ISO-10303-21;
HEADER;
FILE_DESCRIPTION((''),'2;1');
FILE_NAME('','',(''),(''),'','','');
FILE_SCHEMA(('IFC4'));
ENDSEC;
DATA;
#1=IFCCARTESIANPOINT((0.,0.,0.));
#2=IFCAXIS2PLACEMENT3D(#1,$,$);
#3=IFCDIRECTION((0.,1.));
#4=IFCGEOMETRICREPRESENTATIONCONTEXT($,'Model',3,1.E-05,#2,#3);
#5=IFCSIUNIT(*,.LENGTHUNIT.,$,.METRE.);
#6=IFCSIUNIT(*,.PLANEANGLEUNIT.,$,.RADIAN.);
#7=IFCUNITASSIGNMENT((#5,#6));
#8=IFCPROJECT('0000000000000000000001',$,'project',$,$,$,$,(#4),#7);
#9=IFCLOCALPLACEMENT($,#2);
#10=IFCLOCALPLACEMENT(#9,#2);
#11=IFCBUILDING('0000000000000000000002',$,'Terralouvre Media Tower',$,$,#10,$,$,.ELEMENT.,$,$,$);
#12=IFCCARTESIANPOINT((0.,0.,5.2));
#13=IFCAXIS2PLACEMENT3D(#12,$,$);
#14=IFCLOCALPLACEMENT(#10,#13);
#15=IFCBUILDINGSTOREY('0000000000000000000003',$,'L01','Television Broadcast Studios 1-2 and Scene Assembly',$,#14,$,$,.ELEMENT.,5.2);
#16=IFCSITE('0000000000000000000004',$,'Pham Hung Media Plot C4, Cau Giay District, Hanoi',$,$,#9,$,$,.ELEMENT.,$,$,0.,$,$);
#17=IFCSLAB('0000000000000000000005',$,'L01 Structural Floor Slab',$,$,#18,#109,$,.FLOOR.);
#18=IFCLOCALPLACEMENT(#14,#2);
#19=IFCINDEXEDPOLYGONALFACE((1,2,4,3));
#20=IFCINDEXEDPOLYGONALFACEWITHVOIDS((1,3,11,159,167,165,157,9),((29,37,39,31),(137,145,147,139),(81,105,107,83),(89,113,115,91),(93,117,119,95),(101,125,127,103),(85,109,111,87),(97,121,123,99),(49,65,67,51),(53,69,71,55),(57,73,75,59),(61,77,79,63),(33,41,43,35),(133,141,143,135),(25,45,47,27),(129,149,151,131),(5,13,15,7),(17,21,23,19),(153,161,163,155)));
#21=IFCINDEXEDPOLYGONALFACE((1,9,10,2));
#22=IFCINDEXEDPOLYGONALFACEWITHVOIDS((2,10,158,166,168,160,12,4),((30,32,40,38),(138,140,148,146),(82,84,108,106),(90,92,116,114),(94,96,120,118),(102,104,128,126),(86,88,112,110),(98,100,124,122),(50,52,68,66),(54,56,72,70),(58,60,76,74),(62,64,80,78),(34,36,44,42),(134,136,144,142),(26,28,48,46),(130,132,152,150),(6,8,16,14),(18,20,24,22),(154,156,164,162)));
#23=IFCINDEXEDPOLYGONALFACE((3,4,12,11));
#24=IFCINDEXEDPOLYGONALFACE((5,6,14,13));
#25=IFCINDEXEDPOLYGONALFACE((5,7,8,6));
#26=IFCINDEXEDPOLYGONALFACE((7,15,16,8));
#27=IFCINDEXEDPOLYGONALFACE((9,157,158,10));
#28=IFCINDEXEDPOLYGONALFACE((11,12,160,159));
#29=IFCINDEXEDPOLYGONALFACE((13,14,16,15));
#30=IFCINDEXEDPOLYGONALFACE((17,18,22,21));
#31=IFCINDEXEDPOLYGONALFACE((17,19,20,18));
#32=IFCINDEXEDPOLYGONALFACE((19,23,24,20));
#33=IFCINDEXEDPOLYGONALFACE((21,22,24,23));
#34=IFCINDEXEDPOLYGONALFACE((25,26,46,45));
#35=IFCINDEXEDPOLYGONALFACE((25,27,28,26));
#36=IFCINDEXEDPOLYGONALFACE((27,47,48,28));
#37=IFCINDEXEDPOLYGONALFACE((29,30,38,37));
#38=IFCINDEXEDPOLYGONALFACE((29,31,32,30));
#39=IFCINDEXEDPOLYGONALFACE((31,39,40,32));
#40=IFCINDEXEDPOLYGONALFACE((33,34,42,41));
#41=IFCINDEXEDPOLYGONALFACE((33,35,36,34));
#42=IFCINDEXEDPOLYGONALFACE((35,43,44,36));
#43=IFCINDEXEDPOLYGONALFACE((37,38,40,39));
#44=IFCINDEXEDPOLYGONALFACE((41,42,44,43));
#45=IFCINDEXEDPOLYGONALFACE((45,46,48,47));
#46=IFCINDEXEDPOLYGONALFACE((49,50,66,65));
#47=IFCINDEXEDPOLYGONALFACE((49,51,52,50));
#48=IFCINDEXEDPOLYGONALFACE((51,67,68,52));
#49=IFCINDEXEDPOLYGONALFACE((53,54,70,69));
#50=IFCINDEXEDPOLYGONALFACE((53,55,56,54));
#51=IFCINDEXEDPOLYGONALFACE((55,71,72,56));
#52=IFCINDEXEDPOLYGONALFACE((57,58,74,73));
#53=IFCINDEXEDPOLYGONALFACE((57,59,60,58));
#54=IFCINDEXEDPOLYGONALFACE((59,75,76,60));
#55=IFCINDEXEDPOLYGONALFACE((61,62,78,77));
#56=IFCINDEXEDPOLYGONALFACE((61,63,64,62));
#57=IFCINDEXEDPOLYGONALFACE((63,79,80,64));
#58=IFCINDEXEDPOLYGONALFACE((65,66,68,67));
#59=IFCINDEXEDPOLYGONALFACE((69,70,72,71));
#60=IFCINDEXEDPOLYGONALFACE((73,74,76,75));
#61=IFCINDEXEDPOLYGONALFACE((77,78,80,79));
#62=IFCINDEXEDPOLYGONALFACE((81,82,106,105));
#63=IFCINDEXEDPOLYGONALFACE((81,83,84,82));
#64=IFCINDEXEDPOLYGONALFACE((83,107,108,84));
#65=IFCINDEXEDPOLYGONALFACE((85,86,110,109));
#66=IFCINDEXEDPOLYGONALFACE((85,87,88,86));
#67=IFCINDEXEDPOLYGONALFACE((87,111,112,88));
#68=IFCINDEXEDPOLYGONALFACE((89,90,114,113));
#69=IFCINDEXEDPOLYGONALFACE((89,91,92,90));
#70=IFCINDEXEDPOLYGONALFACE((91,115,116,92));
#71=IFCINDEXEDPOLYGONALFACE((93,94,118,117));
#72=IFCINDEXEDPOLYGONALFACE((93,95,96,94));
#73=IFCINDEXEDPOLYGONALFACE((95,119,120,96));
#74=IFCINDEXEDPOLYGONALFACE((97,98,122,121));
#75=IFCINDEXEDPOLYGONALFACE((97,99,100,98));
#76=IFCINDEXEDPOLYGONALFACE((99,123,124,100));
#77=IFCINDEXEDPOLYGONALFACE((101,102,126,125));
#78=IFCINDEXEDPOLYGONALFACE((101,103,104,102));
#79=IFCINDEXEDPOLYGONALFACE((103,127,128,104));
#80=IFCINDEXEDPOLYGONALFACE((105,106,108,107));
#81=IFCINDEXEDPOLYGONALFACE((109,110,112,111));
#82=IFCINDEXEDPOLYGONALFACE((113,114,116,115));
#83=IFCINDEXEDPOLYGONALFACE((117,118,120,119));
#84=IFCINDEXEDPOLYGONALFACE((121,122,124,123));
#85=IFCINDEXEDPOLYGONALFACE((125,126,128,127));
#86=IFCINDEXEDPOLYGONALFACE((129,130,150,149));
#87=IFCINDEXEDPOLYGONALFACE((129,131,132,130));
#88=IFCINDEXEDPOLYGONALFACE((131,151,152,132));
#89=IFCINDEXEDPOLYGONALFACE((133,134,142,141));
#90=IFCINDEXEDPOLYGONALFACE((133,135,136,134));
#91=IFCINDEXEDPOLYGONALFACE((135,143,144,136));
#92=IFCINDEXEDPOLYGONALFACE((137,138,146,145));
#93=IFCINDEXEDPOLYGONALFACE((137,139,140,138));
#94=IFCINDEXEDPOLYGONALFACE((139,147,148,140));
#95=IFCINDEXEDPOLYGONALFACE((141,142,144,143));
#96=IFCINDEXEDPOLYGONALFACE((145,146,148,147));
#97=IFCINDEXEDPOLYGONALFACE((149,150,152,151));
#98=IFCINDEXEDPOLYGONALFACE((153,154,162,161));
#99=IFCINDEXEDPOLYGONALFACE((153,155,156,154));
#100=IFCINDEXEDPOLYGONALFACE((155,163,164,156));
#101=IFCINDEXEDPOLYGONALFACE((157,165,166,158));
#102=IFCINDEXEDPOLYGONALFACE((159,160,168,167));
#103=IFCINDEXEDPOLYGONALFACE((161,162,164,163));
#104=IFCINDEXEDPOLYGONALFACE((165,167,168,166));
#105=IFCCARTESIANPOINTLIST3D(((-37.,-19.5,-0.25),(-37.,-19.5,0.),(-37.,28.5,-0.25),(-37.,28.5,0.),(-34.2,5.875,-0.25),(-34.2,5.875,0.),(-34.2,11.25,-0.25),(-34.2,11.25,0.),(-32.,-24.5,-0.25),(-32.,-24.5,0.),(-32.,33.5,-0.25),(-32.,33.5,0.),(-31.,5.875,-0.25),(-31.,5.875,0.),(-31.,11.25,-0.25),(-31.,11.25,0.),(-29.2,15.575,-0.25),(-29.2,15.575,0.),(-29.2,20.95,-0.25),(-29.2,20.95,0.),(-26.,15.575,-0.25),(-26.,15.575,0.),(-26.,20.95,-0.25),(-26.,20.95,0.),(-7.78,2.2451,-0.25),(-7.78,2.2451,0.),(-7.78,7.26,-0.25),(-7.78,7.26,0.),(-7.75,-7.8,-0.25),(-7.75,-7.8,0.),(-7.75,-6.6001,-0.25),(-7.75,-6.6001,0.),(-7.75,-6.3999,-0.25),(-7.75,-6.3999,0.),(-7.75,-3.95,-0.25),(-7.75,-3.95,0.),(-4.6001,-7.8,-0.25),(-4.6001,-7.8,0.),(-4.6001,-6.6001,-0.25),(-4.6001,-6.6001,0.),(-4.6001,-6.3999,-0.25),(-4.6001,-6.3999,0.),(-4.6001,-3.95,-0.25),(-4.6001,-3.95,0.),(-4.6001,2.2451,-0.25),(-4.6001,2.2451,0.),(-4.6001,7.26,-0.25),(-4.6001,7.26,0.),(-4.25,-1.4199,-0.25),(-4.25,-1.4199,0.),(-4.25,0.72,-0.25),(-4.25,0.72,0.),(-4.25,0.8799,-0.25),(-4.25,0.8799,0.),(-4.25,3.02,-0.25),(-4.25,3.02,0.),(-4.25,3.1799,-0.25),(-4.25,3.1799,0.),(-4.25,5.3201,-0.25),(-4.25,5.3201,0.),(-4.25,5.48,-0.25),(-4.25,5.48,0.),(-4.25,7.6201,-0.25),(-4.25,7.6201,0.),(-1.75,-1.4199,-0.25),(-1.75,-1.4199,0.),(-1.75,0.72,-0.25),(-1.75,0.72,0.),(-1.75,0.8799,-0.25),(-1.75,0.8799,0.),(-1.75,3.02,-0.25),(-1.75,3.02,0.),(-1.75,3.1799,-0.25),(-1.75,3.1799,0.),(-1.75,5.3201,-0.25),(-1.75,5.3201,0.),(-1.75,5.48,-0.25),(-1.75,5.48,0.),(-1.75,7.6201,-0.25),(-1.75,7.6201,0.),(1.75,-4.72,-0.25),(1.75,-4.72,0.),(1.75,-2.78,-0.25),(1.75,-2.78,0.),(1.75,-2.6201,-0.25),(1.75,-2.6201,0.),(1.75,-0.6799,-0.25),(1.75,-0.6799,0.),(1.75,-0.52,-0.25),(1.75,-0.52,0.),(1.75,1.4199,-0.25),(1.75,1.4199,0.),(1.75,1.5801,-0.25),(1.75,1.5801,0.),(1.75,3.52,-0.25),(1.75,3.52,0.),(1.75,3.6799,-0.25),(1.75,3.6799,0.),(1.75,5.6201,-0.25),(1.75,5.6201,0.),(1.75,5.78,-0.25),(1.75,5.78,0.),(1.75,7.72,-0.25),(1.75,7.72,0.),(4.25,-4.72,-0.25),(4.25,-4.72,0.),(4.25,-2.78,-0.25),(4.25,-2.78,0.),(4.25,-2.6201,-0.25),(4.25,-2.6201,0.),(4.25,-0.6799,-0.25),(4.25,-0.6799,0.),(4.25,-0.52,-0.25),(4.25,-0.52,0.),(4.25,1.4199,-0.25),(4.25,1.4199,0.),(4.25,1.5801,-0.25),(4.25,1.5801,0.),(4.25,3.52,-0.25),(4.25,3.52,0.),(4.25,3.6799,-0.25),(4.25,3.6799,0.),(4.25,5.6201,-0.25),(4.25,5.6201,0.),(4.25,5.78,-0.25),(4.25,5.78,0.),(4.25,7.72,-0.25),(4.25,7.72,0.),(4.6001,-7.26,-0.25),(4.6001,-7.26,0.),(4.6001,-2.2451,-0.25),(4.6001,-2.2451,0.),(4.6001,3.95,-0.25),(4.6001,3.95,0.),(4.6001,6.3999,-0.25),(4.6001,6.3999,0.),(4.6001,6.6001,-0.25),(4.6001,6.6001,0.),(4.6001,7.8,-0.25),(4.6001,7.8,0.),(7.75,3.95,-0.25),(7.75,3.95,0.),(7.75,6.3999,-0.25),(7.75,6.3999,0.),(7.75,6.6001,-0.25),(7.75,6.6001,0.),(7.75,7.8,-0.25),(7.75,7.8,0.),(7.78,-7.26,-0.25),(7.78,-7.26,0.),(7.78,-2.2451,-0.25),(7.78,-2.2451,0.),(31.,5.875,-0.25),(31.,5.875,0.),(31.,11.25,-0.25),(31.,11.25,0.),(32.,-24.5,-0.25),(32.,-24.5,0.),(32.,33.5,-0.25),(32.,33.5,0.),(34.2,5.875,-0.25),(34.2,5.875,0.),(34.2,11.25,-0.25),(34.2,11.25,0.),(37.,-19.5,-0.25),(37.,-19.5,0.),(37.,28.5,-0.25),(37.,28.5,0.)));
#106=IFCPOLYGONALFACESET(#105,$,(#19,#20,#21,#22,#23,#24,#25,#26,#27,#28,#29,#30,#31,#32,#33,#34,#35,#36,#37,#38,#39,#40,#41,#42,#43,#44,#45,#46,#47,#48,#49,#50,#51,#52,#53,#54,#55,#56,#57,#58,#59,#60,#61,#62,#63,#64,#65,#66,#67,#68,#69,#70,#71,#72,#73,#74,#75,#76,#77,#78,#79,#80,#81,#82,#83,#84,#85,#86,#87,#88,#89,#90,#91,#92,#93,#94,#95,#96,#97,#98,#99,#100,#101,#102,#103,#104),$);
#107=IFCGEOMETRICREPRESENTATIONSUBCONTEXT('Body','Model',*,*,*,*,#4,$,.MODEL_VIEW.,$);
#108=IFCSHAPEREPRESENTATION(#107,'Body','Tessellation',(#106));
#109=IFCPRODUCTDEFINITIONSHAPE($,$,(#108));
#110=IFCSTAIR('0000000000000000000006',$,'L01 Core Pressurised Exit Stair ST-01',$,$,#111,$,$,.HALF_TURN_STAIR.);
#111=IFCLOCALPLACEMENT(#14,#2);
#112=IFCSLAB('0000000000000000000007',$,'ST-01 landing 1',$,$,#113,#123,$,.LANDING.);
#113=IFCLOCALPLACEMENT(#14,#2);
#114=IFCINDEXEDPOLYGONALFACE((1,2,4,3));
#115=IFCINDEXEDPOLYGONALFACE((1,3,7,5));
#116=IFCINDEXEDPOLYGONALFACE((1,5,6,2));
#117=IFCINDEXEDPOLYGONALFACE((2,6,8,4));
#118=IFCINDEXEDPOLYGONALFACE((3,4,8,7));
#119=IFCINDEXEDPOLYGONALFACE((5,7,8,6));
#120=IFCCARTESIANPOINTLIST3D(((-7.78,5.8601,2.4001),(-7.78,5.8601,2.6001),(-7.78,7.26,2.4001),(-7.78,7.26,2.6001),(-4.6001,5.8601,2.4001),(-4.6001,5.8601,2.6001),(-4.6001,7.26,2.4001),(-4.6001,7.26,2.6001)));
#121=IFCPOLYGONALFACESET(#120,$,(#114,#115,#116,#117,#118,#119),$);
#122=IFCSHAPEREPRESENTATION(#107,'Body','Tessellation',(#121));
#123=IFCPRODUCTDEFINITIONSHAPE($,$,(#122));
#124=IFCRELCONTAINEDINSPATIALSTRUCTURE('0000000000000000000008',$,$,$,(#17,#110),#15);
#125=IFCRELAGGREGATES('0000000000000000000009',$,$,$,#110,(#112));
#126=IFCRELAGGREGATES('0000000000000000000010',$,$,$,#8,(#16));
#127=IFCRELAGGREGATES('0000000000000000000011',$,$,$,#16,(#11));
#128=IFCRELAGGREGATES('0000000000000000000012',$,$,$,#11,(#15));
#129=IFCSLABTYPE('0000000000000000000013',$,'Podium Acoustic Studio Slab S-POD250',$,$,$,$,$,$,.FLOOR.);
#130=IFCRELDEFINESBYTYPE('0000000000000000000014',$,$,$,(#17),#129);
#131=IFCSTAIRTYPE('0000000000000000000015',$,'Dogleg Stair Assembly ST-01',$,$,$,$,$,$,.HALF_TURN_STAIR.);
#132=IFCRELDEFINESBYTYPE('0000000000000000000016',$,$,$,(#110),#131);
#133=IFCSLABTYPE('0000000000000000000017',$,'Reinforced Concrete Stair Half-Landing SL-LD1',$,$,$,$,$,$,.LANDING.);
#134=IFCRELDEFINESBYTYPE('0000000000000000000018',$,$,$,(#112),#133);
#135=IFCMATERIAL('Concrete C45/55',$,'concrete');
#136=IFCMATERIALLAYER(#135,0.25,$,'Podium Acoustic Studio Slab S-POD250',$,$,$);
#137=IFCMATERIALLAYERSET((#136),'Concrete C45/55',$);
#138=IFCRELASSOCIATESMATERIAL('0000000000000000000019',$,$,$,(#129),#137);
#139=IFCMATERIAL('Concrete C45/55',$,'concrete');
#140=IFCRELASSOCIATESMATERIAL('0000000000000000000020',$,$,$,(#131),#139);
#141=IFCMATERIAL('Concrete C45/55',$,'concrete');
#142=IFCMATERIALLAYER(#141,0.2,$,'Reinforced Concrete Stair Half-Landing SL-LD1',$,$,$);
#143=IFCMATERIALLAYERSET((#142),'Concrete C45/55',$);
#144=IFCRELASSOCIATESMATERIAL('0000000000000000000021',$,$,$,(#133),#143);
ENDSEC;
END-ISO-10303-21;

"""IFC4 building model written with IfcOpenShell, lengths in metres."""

from ifc_helpers import new_model, si_unit, direction, frame, origin, place, context, subcontext, project, spatial, polyline, outline, extrude, material, layer, layer_set, type_object, element, aggregate, save


model = new_model("IFC4")

# Units and contexts
model_context = context("Model", 3, precision=1e-05, world=origin(), true_north=direction((0.0, 1.0)))
body_context = subcontext(model_context, "Body", "Model", "MODEL_VIEW")
ifc_project = project(units=[si_unit("LENGTHUNIT", "METRE"), si_unit("PLANEANGLEUNIT", "RADIAN")], contexts=[model_context])

# Site, building, storey
site_placement = place(None, origin())
site = spatial("IfcSite", under=ifc_project, at=site_placement, Name="Pham Hung Media Plot C4, Cau Giay District, Hanoi", CompositionType="ELEMENT", RefElevation=0.0)
building_placement = place(site_placement, origin())
building = spatial("IfcBuilding", under=site, at=building_placement, Name="Terralouvre Media Tower", CompositionType="ELEMENT")
storey_placement = place(building_placement, frame((0.0, 0.0, 5.2)))
storey = spatial("IfcBuildingStorey", under=building, at=storey_placement, Name="L01", Description="Television Broadcast Studios 1-2 and Scene Assembly", CompositionType="ELEMENT", Elevation=5.2)

# Slab
ifc_material_1 = material(Name="Concrete C45/55", Category="concrete")
ifc_layer_1 = layer(ifc_material_1, 0.25, Name="Podium Acoustic Studio Slab S-POD250")
ifc_layer_set_1 = layer_set([ifc_layer_1], Name="Concrete C45/55")
slab_type_1 = type_object("IfcSlabType", Name="Podium Acoustic Studio Slab S-POD250", PredefinedType="FLOOR", material=ifc_layer_set_1)
slab_1_placement = place(storey_placement, frame((0.0, 0.0, -0.25)))
element("IfcSlab", 1, at=slab_1_placement, inside=storey, type_object=slab_type_1, Name="L01 Structural Floor Slab", PredefinedType="FLOOR", context=body_context, shape_type="SweptSolid", body=[
    extrude(outline(polyline([(-32.0, -24.5), (32.0, -24.5), (37.0, -19.5), (37.0, 28.5), (32.0, 33.5), (-32.0, 33.5), (-37.0, 28.5), (-37.0, -19.5), (-32.0, -24.5)]), holes=[polyline([(-4.6001, -7.8), (-7.75, -7.8), (-7.75, -6.6001), (-4.6001, -6.6001), (-4.6001, -7.8)]), polyline([(-4.6001, -6.3999), (-7.75, -6.3999), (-7.75, -3.95), (-4.6001, -3.95), (-4.6001, -6.3999)]), polyline([(-1.75, -1.4199), (-4.25, -1.4199), (-4.25, 0.72), (-1.75, 0.72), (-1.75, -1.4199)]), polyline([(4.25, -0.52), (1.75, -0.52), (1.75, 1.4199), (4.25, 1.4199), (4.25, -0.52)]), polyline([(-1.75, 0.8799), (-4.25, 0.8799), (-4.25, 3.02), (-1.75, 3.02), (-1.75, 0.8799)]), polyline([(-1.75, 3.1799), (-4.25, 3.1799), (-4.25, 5.3201), (-1.75, 5.3201), (-1.75, 3.1799)]), polyline([(-4.6001, 2.2451), (-7.78, 2.2451), (-7.78, 7.26), (-4.6001, 7.26), (-4.6001, 2.2451)]), polyline([(-4.25, 5.48), (-4.25, 7.6201), (-1.75, 7.6201), (-1.75, 5.48), (-4.25, 5.48)]), polyline([(-34.2, 5.875), (-34.2, 11.25), (-31.0, 11.25), (-31.0, 5.875), (-34.2, 5.875)]), polyline([(-26.0, 15.575), (-29.2, 15.575), (-29.2, 20.95), (-26.0, 20.95), (-26.0, 15.575)]), polyline([(4.6001, -2.2451), (7.78, -2.2451), (7.78, -7.26), (4.6001, -7.26), (4.6001, -2.2451)]), polyline([(4.25, -4.72), (1.75, -4.72), (1.75, -2.78), (4.25, -2.78), (4.25, -4.72)]), polyline([(1.75, -2.6201), (1.75, -0.6799), (4.25, -0.6799), (4.25, -2.6201), (1.75, -2.6201)]), polyline([(1.75, 1.5801), (1.75, 3.52), (4.25, 3.52), (4.25, 1.5801), (1.75, 1.5801)]), polyline([(4.25, 3.6799), (1.75, 3.6799), (1.75, 5.6201), (4.25, 5.6201), (4.25, 3.6799)]), polyline([(7.75, 3.95), (4.6001, 3.95), (4.6001, 6.3999), (7.75, 6.3999), (7.75, 3.95)]), polyline([(4.25, 5.78), (1.75, 5.78), (1.75, 7.72), (4.25, 7.72), (4.25, 5.78)]), polyline([(4.6001, 6.6001), (4.6001, 7.8), (7.75, 7.8), (7.75, 6.6001), (4.6001, 6.6001)]), polyline([(31.0, 5.875), (31.0, 11.25), (34.2, 11.25), (34.2, 5.875), (31.0, 5.875)])]), origin(), (0.0, 0.0, 1.0), 0.25),
])

# Stair, slab
ifc_material_2 = material(Name="Concrete C45/55", Category="concrete")
stair_type = type_object("IfcStairType", Name="Dogleg Stair Assembly ST-01", PredefinedType="HALF_TURN_STAIR", material=ifc_material_2)
stair_placement = place(storey_placement, origin())
stair = element("IfcStair", 2, at=stair_placement, inside=storey, type_object=stair_type, Name="L01 Core Pressurised Exit Stair ST-01", PredefinedType="HALF_TURN_STAIR")
ifc_material_3 = material(Name="Concrete C45/55", Category="concrete")
ifc_layer_2 = layer(ifc_material_3, 0.2, Name="Reinforced Concrete Stair Half-Landing SL-LD1")
ifc_layer_set_2 = layer_set([ifc_layer_2], Name="Concrete C45/55")
slab_type_2 = type_object("IfcSlabType", Name="Reinforced Concrete Stair Half-Landing SL-LD1", PredefinedType="LANDING", material=ifc_layer_set_2)
slab_2_placement = place(storey_placement, frame((0.0, 0.0, 2.4001)))
slab_2 = element("IfcSlab", 3, at=slab_2_placement, type_object=slab_type_2, Name="ST-01 landing 1", PredefinedType="LANDING", context=body_context, shape_type="SweptSolid", body=[
    extrude(outline(polyline([(-4.6001, 5.8601), (-4.6001, 7.26), (-7.78, 7.26), (-7.78, 5.8601), (-4.6001, 5.8601)])), origin(), (0.0, 0.0, 1.0), 0.2),
])
aggregate(stair, [slab_2])

save(model, "model.ifc")
